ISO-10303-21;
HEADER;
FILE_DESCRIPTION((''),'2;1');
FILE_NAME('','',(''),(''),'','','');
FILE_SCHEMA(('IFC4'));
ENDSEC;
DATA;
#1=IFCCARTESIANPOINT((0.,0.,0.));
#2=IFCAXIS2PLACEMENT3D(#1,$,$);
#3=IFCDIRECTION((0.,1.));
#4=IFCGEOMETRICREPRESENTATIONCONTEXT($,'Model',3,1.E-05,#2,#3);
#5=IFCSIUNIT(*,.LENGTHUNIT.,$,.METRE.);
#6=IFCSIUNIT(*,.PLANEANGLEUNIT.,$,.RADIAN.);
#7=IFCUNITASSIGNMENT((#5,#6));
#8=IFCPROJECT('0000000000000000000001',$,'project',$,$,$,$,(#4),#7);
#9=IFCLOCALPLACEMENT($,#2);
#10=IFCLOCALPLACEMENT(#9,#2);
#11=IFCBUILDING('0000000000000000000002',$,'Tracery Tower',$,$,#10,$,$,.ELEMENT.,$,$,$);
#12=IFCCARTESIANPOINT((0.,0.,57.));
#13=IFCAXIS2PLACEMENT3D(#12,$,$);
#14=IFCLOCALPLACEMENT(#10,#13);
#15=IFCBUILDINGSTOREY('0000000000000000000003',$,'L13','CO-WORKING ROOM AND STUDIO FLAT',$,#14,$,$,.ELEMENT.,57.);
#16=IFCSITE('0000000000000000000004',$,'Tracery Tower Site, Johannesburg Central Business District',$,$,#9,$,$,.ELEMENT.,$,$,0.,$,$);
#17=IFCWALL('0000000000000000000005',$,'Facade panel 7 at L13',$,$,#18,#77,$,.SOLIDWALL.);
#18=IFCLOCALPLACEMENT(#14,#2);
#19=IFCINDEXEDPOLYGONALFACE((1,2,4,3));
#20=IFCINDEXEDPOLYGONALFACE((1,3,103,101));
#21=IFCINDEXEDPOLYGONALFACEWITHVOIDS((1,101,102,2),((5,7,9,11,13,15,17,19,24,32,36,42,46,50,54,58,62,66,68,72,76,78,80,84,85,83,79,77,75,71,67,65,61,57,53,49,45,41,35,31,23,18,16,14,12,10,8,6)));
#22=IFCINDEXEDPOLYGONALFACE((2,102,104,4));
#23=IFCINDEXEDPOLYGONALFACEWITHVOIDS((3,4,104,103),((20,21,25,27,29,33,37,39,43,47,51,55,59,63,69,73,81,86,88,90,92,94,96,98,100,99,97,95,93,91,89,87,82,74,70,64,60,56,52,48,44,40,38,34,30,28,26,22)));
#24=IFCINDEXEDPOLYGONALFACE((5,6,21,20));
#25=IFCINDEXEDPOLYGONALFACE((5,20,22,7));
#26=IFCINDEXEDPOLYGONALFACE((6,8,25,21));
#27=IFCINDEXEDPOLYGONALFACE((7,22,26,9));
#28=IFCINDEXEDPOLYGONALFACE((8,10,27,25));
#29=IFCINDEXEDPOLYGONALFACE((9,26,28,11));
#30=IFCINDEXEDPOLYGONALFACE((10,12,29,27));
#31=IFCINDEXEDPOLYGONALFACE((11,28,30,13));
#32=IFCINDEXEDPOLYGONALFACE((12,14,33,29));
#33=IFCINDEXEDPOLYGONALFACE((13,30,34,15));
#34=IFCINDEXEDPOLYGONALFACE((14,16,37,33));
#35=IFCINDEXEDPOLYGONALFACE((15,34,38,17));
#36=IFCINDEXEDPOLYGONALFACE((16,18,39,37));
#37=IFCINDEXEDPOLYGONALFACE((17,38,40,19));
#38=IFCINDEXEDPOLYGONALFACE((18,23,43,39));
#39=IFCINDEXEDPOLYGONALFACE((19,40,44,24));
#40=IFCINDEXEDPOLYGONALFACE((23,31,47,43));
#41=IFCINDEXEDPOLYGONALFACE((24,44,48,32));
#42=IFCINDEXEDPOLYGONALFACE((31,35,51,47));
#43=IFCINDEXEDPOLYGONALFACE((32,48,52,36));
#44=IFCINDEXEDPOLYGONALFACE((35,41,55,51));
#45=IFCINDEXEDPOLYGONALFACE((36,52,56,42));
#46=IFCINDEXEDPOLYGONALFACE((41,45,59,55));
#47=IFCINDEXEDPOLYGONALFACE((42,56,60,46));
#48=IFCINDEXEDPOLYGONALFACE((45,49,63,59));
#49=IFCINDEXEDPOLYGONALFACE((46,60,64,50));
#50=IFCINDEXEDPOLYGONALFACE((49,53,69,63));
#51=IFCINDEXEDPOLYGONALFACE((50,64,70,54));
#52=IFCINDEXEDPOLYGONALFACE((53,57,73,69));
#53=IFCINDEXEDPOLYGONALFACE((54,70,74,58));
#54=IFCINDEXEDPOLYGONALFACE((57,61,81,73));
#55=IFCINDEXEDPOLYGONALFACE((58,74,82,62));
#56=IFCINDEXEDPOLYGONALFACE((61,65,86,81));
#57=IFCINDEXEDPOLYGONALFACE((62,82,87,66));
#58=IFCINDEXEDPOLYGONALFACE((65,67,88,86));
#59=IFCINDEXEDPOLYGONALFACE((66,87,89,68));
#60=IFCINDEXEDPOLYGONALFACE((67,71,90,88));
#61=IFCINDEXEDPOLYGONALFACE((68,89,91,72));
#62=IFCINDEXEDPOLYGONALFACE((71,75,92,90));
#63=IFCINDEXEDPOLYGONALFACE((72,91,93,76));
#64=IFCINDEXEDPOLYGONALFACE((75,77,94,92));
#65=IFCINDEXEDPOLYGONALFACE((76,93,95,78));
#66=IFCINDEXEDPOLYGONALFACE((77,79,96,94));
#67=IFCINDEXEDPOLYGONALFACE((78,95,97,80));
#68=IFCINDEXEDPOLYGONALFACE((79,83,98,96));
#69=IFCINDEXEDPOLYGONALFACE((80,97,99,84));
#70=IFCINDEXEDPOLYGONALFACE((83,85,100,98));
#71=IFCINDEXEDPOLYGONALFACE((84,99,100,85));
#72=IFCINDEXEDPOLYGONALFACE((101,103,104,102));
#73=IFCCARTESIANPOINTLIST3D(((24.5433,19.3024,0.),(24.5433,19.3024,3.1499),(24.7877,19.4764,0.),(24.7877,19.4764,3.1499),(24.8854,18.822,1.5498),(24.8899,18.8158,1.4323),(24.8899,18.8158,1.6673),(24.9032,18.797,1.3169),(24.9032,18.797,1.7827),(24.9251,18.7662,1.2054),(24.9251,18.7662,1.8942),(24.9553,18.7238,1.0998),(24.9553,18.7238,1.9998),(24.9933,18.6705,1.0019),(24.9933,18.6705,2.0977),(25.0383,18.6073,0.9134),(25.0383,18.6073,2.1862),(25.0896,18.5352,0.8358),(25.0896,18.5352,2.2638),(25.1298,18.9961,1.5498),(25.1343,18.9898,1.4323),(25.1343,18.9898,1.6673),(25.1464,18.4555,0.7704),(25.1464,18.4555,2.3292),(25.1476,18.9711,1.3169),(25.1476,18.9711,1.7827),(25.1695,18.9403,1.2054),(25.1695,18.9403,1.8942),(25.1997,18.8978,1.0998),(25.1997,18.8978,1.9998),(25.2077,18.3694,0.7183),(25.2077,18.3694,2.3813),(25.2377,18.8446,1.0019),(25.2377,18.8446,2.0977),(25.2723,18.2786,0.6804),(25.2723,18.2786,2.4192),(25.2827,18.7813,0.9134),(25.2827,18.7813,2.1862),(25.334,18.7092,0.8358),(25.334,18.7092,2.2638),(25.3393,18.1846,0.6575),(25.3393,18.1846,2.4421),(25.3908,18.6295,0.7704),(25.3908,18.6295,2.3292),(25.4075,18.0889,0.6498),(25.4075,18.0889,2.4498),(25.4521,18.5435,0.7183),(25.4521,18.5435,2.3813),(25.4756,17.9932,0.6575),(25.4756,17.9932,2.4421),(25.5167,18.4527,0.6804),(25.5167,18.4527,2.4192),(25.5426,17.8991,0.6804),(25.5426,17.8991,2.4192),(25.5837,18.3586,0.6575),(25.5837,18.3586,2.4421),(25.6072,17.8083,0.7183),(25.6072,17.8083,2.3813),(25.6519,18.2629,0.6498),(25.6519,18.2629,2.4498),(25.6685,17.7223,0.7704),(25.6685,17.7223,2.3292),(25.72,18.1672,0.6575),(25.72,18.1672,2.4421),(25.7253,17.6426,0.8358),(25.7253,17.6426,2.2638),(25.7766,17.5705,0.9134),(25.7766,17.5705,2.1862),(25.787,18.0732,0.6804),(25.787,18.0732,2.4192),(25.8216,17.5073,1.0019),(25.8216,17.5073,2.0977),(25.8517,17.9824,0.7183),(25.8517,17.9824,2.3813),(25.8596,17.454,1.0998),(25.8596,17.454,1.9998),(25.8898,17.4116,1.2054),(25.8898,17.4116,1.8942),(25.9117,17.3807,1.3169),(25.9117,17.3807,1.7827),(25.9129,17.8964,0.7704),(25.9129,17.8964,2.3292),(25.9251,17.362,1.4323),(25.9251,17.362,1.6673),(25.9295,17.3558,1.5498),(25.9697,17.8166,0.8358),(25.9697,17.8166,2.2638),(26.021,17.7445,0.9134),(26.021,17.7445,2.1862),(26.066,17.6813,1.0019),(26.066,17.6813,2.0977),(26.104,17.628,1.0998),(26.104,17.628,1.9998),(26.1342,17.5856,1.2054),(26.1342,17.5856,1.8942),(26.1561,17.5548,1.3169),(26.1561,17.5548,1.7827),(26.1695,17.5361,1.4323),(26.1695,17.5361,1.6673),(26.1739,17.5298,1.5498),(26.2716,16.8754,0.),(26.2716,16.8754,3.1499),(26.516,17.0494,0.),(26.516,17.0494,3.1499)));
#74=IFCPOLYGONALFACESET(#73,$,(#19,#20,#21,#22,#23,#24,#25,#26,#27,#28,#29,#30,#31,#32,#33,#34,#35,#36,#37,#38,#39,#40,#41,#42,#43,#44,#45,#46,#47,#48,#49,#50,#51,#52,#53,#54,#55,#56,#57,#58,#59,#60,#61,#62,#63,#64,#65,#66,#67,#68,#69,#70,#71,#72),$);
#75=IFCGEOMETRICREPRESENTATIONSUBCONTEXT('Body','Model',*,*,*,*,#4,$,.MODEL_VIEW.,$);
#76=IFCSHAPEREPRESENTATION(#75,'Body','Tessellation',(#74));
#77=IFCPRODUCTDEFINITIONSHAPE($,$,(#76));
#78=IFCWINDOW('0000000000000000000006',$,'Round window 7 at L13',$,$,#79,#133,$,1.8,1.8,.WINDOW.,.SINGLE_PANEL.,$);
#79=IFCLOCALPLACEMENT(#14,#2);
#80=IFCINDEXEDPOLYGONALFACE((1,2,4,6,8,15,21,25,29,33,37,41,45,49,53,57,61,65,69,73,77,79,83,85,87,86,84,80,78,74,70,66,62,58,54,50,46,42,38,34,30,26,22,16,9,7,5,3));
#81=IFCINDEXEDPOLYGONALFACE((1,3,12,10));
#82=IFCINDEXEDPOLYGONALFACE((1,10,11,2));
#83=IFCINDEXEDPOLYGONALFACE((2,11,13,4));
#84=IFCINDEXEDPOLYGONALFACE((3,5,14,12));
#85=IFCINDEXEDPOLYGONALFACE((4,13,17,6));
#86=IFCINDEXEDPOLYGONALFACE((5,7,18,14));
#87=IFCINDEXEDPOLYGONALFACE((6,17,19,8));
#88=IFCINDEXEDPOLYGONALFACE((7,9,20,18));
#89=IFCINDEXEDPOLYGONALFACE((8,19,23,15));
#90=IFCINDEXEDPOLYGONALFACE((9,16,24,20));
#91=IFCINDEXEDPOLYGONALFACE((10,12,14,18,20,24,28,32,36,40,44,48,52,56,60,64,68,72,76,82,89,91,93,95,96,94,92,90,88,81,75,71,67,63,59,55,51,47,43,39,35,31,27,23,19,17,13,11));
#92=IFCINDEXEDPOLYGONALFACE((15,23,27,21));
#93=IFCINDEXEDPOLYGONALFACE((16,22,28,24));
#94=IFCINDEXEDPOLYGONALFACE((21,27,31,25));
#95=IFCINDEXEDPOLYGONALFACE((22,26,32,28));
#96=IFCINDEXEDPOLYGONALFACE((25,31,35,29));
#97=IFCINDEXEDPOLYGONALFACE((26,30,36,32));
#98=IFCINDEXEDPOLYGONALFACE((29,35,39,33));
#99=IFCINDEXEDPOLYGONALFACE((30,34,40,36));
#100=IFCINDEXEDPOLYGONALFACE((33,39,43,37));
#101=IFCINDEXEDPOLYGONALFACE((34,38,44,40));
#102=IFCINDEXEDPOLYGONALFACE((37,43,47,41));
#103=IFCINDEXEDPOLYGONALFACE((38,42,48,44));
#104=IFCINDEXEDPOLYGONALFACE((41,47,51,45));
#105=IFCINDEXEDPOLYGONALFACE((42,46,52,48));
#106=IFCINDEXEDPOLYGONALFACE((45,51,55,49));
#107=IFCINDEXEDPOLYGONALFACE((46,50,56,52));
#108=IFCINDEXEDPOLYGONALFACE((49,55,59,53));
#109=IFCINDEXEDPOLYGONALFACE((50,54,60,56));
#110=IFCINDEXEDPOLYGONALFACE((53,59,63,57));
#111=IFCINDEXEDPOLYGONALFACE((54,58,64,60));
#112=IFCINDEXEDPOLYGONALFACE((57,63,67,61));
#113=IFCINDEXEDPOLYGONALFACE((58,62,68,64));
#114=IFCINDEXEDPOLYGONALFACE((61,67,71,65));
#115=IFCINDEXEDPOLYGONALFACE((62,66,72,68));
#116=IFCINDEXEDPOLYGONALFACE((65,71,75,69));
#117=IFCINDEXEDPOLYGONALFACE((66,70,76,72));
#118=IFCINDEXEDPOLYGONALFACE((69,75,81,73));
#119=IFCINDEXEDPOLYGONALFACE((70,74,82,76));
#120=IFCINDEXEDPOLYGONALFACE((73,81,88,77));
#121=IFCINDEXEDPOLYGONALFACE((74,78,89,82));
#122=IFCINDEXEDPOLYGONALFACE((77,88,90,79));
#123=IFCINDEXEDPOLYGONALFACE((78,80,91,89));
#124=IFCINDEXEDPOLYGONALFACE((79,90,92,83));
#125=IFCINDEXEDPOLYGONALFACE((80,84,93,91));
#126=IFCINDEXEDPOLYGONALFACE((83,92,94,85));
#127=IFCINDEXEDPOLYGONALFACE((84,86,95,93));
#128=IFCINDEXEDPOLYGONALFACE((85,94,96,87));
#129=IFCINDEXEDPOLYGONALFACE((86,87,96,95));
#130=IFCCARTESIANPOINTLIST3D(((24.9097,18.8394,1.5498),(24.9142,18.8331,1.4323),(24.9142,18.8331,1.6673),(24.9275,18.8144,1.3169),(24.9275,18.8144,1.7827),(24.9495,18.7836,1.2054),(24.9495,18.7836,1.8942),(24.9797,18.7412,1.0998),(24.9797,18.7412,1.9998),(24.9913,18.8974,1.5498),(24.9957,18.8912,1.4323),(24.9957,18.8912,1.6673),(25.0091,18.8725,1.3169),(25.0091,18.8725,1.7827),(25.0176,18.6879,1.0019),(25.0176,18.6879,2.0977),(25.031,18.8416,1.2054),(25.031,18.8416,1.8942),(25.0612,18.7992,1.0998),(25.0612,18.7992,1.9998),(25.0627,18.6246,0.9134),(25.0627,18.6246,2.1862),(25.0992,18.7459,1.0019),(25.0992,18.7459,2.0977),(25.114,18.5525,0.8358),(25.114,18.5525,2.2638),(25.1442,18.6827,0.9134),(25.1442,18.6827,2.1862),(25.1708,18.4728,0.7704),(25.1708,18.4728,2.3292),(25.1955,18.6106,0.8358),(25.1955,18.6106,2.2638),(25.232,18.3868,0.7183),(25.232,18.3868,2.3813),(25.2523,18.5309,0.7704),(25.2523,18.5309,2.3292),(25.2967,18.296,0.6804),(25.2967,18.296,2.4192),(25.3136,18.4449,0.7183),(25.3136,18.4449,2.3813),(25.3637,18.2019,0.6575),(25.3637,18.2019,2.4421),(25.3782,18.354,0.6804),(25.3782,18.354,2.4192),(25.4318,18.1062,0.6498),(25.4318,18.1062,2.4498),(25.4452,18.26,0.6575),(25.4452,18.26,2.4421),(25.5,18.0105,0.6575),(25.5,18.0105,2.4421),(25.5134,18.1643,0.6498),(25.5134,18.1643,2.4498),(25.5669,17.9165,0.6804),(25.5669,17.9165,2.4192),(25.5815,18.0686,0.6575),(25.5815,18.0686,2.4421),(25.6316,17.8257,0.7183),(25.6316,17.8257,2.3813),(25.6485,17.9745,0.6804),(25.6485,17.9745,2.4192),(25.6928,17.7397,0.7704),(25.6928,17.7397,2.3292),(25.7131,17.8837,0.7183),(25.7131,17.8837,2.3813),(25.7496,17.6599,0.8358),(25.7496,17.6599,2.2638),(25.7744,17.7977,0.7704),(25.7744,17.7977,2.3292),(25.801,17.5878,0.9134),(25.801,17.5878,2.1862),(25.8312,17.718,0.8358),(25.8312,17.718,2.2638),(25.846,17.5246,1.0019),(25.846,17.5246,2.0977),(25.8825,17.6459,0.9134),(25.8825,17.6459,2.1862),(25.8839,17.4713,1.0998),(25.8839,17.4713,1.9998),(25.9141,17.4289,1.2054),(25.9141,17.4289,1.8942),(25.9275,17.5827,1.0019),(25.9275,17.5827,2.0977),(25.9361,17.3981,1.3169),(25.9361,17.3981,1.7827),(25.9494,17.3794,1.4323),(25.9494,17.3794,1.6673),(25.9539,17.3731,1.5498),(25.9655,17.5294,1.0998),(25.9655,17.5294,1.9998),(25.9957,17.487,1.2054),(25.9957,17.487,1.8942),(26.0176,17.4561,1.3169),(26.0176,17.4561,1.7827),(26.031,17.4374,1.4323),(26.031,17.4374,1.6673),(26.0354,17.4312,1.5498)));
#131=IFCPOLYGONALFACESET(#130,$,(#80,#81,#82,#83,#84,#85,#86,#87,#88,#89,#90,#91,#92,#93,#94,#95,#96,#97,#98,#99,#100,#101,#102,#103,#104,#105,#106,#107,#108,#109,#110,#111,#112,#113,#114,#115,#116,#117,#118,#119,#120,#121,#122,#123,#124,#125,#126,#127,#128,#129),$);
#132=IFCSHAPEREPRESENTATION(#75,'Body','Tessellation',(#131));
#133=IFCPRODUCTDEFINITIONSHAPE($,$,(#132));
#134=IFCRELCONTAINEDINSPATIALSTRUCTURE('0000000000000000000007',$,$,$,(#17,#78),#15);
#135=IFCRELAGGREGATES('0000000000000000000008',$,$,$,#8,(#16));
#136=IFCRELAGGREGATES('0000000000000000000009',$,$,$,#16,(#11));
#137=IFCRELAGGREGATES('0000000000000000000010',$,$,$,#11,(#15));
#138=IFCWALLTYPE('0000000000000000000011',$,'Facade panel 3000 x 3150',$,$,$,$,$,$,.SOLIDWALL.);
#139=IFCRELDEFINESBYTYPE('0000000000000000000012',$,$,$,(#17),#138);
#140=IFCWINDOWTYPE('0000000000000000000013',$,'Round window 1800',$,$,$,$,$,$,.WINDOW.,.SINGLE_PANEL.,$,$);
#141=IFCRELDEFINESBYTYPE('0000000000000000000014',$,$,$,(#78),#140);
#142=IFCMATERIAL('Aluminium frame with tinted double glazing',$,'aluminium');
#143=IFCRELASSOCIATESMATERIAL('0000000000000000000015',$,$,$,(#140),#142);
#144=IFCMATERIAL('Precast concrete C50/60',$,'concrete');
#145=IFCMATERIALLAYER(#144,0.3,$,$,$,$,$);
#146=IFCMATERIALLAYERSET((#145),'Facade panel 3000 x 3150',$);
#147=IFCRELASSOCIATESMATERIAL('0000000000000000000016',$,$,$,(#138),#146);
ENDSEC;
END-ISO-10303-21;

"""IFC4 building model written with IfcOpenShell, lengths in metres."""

from ifc_helpers import new_model, si_unit, direction, frame, frame_2d, origin, origin_2d, place, context, subcontext, project, spatial, rectangle, circle, extrude, material, layer, layer_set, type_object, element, fill, save


model = new_model("IFC4")

# Units and contexts
model_context = context("Model", 3, precision=1e-05, world=origin(), true_north=direction((0.0, 1.0)))
body_context = subcontext(model_context, "Body", "Model", "MODEL_VIEW")
ifc_project = project(units=[si_unit("LENGTHUNIT", "METRE"), si_unit("PLANEANGLEUNIT", "RADIAN")], contexts=[model_context])

# Site, building, storey
site_placement = place(None, origin())
site = spatial("IfcSite", under=ifc_project, at=site_placement, Name="Tracery Tower Site, Johannesburg Central Business District", CompositionType="ELEMENT", RefElevation=0.0)
building_placement = place(site_placement, origin())
building = spatial("IfcBuilding", under=site, at=building_placement, Name="Tracery Tower", CompositionType="ELEMENT")
storey_placement = place(building_placement, frame((0.0, 0.0, 57.0)))
storey = spatial("IfcBuildingStorey", under=building, at=storey_placement, Name="L13", Description="CO-WORKING ROOM AND STUDIO FLAT", CompositionType="ELEMENT", Elevation=57.0)

# Wall, opening, window
ifc_material_1 = material(Name="Aluminium frame with tinted double glazing", Category="aluminium")
window_type = type_object("IfcWindowType", Name="Round window 1800", PartitioningType="SINGLE_PANEL", PredefinedType="WINDOW", material=ifc_material_1)
ifc_material_2 = material(Name="Precast concrete C50/60", Category="concrete")
ifc_layer_1 = layer(ifc_material_2, 0.3)
ifc_layer_set_1 = layer_set([ifc_layer_1], Name="Facade panel 3000 x 3150")
wall_type_1 = type_object("IfcWallType", Name="Facade panel 3000 x 3150", PredefinedType="SOLIDWALL", material=ifc_layer_set_1)
wall_1_placement = place(storey_placement, frame((26.3938, 16.9624, 0.0), z_axis=(0.0, 0.0, 1.0), x_axis=(-0.580059, 0.814574, 0.0)))
wall_1 = element("IfcWall", 1, at=wall_1_placement, inside=storey, type_object=wall_type_1, Name="Facade panel 7 at L13", PredefinedType="SOLIDWALL", context=body_context, shape_type="SweptSolid", body=[
    extrude(rectangle(XDim=2.9795, YDim=0.3, at=frame_2d((1.4897, 0.0))), origin(), (0.0, 0.0, 1.0), 3.1499),
])
opening_1_placement = place(wall_1_placement, frame((1.4897, 0.0, 1.5498)))
opening_1 = element("IfcOpeningElement", 2, at=opening_1_placement, cuts=wall_1, PredefinedType="OPENING", context=body_context, shape_type="SweptSolid", body=[
    extrude(circle(Radius=0.9, at=origin_2d()), frame((0.0, 0.1599, 0.0), z_axis=(0.0, -1.0, 0.0), x_axis=(1.0, 0.0, 0.0)), (0.0, 0.0, 1.0), 0.3201),
])
window_1_placement = place(opening_1_placement, origin())
window_1 = element("IfcWindow", 3, at=window_1_placement, inside=storey, type_object=window_type, Name="Round window 7 at L13", OverallHeight=1.8, OverallWidth=1.8, PartitioningType="SINGLE_PANEL", PredefinedType="WINDOW", context=body_context, shape_type="SweptSolid", body=[
    extrude(circle(Radius=0.9, at=origin_2d()), frame((0.0, 0.1201, 0.0), z_axis=(0.0, -1.0, 0.0), x_axis=(1.0, 0.0, 0.0)), (0.0, 0.0, 1.0), 0.1001),
])
fill(opening_1, window_1)

save(model, "model.ifc")
